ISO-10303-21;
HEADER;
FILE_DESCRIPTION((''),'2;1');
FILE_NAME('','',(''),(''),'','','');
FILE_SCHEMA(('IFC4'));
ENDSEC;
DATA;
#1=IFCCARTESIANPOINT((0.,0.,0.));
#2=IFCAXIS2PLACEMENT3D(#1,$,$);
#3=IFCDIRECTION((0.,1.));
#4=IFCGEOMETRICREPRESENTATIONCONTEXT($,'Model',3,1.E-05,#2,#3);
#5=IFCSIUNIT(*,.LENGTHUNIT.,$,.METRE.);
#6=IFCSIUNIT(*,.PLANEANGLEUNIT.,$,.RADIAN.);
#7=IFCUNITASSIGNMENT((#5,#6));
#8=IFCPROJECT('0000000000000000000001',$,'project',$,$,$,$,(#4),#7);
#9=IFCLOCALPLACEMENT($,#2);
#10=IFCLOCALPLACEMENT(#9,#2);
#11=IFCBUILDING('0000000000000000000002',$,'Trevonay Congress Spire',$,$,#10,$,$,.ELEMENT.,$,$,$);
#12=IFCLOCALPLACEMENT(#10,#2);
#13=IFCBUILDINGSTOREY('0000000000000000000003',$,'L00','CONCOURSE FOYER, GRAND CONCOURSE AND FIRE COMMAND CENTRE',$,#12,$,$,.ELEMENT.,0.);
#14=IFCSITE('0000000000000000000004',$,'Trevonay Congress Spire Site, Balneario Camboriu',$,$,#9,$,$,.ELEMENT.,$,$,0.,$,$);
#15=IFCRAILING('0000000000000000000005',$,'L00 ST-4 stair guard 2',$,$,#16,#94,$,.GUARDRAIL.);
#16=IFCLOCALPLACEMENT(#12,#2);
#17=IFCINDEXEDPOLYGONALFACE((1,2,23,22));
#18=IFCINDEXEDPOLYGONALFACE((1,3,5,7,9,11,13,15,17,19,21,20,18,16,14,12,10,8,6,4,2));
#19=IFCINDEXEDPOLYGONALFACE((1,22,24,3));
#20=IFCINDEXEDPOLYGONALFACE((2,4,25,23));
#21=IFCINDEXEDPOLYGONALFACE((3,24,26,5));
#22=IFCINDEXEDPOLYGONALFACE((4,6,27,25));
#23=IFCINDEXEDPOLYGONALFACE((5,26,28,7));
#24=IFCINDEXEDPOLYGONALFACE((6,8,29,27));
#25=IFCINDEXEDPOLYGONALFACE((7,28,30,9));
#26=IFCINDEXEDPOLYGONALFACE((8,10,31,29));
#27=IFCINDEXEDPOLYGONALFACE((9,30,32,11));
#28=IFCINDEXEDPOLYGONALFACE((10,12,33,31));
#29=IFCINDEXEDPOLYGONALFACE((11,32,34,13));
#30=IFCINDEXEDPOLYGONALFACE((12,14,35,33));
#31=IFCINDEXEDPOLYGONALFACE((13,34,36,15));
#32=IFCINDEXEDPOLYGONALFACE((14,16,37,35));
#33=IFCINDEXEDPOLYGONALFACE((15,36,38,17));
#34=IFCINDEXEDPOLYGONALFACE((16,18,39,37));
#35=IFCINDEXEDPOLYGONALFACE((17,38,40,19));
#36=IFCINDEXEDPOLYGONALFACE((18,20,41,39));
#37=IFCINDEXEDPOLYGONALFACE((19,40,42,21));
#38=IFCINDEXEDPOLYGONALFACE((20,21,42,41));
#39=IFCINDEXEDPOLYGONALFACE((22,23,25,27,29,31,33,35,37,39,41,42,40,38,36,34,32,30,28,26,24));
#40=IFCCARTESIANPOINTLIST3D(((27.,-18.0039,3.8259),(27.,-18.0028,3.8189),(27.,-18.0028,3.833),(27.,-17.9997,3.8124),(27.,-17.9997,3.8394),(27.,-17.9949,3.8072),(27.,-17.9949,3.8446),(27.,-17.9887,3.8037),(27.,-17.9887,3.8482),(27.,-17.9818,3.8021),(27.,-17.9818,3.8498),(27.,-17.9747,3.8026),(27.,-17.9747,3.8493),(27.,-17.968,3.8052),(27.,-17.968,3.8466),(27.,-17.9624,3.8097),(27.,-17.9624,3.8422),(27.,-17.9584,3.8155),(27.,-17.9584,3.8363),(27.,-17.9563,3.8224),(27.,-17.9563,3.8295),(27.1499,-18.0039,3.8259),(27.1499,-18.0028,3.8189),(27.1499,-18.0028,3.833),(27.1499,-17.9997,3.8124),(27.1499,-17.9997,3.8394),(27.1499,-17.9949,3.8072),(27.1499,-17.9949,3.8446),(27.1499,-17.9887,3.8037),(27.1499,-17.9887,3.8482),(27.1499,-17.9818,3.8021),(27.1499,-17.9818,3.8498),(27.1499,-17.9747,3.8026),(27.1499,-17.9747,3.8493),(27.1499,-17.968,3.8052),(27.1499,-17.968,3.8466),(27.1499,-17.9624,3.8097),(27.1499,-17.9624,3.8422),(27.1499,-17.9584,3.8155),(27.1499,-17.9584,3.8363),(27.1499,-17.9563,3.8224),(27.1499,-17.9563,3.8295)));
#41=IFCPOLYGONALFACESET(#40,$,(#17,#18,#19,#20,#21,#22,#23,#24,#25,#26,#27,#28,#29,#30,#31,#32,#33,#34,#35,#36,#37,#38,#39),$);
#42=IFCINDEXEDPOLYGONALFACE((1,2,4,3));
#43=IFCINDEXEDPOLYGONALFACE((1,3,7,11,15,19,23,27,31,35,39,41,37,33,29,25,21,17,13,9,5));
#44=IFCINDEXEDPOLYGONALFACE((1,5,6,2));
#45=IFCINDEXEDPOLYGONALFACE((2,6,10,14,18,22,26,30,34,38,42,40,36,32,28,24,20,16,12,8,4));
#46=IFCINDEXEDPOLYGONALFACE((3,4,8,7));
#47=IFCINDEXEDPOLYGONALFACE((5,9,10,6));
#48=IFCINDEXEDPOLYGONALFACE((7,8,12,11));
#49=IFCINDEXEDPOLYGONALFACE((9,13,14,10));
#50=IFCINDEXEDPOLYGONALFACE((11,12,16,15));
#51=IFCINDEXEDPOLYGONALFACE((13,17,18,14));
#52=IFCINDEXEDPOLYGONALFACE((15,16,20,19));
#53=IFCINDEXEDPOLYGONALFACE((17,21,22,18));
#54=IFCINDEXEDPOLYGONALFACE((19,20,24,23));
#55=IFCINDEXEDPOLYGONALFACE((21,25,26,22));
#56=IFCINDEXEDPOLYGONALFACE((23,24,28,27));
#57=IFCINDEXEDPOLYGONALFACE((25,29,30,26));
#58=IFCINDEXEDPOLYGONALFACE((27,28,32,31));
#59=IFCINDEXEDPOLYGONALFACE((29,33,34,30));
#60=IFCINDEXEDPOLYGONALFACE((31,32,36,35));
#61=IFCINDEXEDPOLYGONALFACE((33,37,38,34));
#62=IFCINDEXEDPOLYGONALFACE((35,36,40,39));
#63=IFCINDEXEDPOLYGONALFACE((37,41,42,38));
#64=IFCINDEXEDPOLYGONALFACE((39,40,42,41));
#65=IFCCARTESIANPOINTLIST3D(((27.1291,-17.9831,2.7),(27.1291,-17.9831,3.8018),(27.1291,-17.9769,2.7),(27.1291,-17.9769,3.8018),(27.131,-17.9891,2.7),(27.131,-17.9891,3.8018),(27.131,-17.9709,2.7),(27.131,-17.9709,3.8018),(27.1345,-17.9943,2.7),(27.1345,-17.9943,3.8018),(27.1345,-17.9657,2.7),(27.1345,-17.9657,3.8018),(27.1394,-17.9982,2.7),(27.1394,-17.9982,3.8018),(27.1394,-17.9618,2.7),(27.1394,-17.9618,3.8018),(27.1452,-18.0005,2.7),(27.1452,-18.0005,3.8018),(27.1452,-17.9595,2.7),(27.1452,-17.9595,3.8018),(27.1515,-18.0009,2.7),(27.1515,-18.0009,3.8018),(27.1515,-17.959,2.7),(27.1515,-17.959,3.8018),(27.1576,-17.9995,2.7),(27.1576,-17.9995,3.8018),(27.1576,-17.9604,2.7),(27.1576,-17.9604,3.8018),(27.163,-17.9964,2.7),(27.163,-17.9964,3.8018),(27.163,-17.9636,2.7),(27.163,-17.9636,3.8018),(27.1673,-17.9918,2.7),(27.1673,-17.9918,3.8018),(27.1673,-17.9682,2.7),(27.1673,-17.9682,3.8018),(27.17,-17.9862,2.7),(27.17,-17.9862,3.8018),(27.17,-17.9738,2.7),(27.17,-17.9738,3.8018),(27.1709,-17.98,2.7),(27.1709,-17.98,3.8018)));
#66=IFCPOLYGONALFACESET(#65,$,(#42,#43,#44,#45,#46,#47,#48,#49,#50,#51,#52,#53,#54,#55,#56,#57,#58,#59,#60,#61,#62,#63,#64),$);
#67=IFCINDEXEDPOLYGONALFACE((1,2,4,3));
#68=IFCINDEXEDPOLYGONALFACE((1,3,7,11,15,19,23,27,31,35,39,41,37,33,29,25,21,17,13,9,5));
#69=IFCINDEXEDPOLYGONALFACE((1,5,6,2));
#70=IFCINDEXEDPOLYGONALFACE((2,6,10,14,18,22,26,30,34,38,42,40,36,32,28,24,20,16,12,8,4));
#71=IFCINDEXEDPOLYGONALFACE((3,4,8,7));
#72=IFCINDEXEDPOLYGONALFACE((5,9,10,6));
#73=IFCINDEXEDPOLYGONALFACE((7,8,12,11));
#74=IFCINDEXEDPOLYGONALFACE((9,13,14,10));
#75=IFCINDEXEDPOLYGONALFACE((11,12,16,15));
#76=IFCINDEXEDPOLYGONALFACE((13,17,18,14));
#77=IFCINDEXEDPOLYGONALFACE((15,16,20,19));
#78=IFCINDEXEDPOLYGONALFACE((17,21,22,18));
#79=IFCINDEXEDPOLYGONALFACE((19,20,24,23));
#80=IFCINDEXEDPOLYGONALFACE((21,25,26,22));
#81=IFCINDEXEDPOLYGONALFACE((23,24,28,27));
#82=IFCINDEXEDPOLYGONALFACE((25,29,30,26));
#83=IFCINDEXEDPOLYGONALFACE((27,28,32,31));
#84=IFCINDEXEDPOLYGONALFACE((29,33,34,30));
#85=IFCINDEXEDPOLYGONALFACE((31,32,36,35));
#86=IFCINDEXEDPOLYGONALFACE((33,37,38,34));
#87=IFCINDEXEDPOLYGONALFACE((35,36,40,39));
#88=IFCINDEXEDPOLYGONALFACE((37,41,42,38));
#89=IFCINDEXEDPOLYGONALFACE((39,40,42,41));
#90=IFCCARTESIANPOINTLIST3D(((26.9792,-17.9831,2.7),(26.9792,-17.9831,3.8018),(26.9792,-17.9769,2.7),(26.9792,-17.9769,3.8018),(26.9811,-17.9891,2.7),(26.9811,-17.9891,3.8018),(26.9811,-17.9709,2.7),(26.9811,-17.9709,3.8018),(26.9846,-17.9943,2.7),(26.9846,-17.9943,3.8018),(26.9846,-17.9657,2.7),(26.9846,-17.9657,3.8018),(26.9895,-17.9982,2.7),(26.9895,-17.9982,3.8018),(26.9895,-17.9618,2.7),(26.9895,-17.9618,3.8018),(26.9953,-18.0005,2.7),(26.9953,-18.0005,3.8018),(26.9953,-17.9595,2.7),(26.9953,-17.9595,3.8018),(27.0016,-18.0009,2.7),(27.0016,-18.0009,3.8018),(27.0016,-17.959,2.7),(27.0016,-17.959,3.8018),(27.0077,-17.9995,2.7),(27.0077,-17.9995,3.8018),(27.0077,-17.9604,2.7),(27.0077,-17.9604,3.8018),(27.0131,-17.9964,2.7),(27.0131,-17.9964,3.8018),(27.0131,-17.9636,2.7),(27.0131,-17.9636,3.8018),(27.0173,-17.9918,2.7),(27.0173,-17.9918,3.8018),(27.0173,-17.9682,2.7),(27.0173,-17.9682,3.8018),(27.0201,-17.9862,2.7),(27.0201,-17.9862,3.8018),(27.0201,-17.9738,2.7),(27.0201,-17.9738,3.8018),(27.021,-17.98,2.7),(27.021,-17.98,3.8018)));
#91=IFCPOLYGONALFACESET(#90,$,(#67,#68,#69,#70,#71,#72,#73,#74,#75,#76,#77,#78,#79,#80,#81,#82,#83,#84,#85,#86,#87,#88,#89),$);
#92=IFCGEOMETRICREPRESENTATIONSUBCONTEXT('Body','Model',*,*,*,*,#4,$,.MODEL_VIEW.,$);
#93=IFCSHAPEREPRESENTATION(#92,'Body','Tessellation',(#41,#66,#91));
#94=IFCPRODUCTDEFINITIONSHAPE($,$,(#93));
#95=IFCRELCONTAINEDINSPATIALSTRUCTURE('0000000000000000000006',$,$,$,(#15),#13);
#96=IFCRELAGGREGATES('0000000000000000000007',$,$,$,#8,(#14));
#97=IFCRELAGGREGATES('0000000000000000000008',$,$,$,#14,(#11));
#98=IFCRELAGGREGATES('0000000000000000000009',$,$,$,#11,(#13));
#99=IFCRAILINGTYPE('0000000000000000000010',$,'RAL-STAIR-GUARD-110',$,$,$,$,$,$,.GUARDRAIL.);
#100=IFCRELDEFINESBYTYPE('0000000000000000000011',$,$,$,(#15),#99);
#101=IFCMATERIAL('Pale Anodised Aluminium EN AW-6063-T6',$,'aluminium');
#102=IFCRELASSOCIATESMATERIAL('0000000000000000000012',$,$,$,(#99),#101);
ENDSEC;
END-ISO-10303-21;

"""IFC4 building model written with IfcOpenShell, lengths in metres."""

from ifc_helpers import new_model, si_unit, direction, frame, origin, origin_2d, place, context, subcontext, project, spatial, circle, extrude, material, type_object, element, save


model = new_model("IFC4")

# Units and contexts
model_context = context("Model", 3, precision=1e-05, world=origin(), true_north=direction((0.0, 1.0)))
body_context = subcontext(model_context, "Body", "Model", "MODEL_VIEW")
ifc_project = project(units=[si_unit("LENGTHUNIT", "METRE"), si_unit("PLANEANGLEUNIT", "RADIAN")], contexts=[model_context])

# Site, building, storey
site_placement = place(None, origin())
site = spatial("IfcSite", under=ifc_project, at=site_placement, Name="Trevonay Congress Spire Site, Balneario Camboriu", CompositionType="ELEMENT", RefElevation=0.0)
building_placement = place(site_placement, origin())
building = spatial("IfcBuilding", under=site, at=building_placement, Name="Trevonay Congress Spire", CompositionType="ELEMENT")
storey_placement = place(building_placement, origin())
storey = spatial("IfcBuildingStorey", under=building, at=storey_placement, Name="L00", Description="CONCOURSE FOYER, GRAND CONCOURSE AND FIRE COMMAND CENTRE", CompositionType="ELEMENT", Elevation=0.0)

# Railing
ifc_material_1 = material(Name="Pale Anodised Aluminium EN AW-6063-T6", Category="aluminium")
railing_type = type_object("IfcRailingType", Name="RAL-STAIR-GUARD-110", PredefinedType="GUARDRAIL", material=ifc_material_1)
railing_1_placement = place(storey_placement, frame((27.1499, -17.98, 2.7)))
element("IfcRailing", 1, at=railing_1_placement, inside=storey, type_object=railing_type, Name="L00 ST-4 stair guard 2", PredefinedType="GUARDRAIL", context=body_context, shape_type="SweptSolid", body=[
    extrude(circle(Radius=0.0239, at=origin_2d()), frame((0.0, 0.0, 1.126), z_axis=(-1.0, 0.0, 0.0), x_axis=(0.0, -1.0, 0.0)), (0.0, 0.0, 1.0), 0.1499),
    extrude(circle(Radius=0.021, at=origin_2d()), origin(), (0.0, 0.0, 1.0), 1.1018),
    extrude(circle(Radius=0.021, at=origin_2d()), frame((-0.1499, 0.0, 0.0)), (0.0, 0.0, 1.0), 1.1018),
])

save(model, "model.ifc")
